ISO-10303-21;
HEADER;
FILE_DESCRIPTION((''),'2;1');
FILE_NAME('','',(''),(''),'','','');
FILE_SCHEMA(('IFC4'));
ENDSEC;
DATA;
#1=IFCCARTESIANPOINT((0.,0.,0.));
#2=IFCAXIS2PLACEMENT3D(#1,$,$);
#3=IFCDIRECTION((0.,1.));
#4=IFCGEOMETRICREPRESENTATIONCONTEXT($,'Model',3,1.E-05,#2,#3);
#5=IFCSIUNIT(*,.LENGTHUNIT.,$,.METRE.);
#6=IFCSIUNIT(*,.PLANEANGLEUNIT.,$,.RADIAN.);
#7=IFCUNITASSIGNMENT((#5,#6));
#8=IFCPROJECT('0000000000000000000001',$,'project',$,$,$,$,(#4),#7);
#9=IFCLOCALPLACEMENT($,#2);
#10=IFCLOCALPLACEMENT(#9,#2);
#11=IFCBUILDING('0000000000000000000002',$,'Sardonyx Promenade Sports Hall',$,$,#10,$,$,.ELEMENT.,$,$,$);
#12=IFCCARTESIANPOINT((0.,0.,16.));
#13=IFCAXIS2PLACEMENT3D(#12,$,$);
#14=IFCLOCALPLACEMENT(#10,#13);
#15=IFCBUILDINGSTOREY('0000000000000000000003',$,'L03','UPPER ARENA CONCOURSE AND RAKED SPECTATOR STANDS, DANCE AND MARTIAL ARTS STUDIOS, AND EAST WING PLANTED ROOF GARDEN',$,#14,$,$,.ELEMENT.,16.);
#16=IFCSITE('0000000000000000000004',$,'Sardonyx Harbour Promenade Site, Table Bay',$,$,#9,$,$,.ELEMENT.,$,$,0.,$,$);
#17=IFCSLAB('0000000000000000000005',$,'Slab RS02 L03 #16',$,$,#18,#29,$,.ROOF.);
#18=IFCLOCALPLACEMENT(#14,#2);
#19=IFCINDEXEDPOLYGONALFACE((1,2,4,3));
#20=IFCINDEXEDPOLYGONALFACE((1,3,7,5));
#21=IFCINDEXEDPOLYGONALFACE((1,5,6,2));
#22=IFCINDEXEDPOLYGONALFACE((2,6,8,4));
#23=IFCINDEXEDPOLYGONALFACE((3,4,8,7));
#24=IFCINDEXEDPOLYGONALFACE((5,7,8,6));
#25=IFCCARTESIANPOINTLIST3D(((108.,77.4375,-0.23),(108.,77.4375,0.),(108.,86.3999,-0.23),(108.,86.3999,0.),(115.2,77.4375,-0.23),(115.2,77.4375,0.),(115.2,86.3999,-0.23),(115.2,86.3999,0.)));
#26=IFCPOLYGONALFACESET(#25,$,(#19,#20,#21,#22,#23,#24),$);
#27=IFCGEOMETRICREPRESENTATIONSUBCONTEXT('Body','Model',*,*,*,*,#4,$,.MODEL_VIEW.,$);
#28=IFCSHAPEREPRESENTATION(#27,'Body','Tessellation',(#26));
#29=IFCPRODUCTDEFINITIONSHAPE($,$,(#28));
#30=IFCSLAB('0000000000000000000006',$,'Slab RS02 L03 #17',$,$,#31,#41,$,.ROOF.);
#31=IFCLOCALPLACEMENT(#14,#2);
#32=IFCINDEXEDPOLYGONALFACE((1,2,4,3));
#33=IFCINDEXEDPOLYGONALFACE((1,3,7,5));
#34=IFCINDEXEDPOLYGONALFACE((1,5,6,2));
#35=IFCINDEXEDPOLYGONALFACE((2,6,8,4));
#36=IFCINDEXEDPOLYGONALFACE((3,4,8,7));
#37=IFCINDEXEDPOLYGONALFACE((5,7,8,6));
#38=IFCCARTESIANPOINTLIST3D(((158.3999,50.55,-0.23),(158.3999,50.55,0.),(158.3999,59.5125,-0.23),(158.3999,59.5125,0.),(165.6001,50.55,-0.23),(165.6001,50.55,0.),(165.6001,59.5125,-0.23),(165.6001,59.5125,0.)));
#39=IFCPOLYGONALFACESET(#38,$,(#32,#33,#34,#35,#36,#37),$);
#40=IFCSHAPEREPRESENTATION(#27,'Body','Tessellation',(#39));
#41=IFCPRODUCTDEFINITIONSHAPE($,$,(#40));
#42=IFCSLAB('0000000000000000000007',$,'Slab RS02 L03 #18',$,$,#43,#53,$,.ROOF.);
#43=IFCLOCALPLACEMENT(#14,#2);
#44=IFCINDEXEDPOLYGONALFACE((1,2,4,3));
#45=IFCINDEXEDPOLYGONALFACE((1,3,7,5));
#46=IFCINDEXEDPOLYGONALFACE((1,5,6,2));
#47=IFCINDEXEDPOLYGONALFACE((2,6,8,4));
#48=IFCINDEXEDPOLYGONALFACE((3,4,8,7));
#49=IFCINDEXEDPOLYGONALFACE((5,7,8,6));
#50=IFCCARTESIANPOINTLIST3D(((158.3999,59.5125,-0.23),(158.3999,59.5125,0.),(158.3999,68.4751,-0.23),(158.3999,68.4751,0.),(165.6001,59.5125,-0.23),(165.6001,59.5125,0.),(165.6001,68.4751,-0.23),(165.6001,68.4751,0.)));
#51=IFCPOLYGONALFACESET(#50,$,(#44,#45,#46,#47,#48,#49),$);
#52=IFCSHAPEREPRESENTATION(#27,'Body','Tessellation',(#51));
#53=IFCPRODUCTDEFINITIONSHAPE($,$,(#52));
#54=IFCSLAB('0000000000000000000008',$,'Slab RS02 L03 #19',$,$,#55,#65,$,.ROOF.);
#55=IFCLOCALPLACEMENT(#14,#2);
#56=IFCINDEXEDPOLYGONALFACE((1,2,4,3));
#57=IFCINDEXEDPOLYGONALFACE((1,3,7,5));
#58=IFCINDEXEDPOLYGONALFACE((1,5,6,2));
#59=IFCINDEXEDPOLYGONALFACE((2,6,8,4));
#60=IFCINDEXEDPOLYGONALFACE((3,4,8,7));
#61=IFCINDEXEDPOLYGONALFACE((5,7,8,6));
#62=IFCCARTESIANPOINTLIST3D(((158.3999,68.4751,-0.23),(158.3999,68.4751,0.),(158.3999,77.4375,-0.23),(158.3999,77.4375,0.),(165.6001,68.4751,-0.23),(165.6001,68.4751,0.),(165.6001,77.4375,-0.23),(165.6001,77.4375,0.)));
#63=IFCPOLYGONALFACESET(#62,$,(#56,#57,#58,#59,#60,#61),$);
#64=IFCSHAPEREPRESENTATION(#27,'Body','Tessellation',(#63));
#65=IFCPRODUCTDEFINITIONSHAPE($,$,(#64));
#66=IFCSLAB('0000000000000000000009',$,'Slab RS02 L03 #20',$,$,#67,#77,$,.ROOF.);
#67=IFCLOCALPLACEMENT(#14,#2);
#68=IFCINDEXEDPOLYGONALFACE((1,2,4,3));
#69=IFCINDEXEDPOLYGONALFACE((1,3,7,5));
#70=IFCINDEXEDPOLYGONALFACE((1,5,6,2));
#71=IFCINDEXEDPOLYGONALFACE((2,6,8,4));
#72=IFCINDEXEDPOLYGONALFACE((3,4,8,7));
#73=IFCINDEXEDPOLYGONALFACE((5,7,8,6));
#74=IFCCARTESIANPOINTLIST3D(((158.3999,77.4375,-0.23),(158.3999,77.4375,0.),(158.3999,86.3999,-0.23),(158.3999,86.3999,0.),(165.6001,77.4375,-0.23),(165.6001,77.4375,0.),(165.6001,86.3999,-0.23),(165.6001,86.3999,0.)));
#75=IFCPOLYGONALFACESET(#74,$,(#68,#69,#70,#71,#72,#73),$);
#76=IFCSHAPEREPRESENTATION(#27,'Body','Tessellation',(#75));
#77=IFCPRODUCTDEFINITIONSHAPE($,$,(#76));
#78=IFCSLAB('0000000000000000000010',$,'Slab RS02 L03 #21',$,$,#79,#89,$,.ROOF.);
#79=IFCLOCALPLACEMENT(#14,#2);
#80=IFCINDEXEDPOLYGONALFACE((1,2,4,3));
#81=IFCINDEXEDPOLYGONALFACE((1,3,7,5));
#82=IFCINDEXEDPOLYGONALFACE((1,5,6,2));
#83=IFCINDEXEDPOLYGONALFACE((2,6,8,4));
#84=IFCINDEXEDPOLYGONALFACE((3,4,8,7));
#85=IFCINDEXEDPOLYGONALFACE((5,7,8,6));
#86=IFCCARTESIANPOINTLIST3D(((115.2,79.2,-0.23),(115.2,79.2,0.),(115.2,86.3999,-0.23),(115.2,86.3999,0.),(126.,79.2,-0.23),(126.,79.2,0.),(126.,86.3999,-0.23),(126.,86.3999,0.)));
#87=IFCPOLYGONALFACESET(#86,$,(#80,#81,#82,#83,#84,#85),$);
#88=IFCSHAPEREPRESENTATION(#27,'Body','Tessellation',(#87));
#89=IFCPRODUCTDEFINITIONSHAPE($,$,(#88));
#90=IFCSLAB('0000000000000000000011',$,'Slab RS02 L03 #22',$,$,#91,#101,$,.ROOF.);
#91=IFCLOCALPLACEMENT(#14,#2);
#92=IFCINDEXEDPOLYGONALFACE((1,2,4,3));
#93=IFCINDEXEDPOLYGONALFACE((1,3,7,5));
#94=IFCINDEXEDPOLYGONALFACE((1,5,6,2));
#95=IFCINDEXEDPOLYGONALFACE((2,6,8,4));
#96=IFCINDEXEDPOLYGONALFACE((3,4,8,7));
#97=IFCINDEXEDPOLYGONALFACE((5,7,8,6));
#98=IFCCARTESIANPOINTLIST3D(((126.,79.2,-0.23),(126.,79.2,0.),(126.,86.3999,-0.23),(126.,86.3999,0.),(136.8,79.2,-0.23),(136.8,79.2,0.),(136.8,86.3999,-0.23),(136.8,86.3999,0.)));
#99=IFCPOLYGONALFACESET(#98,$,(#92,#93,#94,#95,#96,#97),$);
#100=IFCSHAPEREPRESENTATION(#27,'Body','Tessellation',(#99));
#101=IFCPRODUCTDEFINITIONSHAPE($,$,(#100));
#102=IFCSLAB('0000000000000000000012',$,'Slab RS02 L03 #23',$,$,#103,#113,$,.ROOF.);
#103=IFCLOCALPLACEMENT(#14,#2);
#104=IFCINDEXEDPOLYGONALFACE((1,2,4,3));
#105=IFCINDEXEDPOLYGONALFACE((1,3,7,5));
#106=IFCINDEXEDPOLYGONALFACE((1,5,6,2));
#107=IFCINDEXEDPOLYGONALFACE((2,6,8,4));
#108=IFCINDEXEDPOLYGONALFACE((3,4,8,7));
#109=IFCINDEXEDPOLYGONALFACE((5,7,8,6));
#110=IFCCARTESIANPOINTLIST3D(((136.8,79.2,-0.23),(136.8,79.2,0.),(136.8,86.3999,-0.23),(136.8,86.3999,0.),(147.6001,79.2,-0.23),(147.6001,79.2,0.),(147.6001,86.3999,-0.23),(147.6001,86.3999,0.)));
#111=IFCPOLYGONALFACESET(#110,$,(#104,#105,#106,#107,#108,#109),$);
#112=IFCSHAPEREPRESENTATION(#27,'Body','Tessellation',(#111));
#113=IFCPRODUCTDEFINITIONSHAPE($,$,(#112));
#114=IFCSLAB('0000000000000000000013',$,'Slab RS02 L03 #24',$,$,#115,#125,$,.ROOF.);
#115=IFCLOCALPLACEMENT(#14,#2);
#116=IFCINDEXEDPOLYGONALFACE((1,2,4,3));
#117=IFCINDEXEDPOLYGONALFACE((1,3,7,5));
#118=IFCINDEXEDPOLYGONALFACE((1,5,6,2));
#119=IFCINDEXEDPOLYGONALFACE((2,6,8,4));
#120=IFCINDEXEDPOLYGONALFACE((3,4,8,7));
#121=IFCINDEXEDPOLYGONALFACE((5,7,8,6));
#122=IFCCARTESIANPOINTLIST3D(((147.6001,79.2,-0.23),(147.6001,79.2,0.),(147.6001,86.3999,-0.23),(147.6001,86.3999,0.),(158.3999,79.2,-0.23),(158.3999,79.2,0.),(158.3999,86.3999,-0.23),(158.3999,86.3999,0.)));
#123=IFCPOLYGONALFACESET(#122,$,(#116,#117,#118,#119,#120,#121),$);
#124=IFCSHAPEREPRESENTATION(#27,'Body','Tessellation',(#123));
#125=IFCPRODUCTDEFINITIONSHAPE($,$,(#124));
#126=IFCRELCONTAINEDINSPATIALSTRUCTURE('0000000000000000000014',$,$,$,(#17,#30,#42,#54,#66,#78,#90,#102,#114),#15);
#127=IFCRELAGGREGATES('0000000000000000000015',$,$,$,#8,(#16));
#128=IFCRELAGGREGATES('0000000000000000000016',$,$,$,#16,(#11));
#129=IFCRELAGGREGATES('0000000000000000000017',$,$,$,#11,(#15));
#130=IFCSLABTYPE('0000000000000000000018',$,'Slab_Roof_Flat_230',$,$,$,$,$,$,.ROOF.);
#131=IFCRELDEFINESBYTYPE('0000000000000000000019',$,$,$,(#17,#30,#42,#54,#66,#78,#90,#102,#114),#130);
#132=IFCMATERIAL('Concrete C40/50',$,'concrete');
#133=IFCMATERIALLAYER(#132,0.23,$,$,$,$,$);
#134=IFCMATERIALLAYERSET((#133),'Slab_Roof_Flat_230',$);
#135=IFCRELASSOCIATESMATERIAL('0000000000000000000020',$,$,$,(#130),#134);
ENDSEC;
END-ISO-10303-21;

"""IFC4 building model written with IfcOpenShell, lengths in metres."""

from ifc_helpers import new_model, si_unit, direction, frame, origin, place, context, subcontext, project, spatial, polyline, outline, extrude, material, layer, layer_set, type_object, element, save


model = new_model("IFC4")

# Units and contexts
model_context = context("Model", 3, precision=1e-05, world=origin(), true_north=direction((0.0, 1.0)))
body_context = subcontext(model_context, "Body", "Model", "MODEL_VIEW")
ifc_project = project(units=[si_unit("LENGTHUNIT", "METRE"), si_unit("PLANEANGLEUNIT", "RADIAN")], contexts=[model_context])

# Site, building, storey
site_placement = place(None, origin())
site = spatial("IfcSite", under=ifc_project, at=site_placement, Name="Sardonyx Harbour Promenade Site, Table Bay", CompositionType="ELEMENT", RefElevation=0.0)
building_placement = place(site_placement, origin())
building = spatial("IfcBuilding", under=site, at=building_placement, Name="Sardonyx Promenade Sports Hall", CompositionType="ELEMENT")
storey_placement = place(building_placement, frame((0.0, 0.0, 16.0)))
storey = spatial("IfcBuildingStorey", under=building, at=storey_placement, Name="L03", Description="UPPER ARENA CONCOURSE AND RAKED SPECTATOR STANDS, DANCE AND MARTIAL ARTS STUDIOS, AND EAST WING PLANTED ROOF GARDEN", CompositionType="ELEMENT", Elevation=16.0)

# Slabs
ifc_material_1 = material(Name="Concrete C40/50", Category="concrete")
ifc_layer_1 = layer(ifc_material_1, 0.23)
ifc_layer_set_1 = layer_set([ifc_layer_1], Name="Slab_Roof_Flat_230")
slab_type_1 = type_object("IfcSlabType", Name="Slab_Roof_Flat_230", PredefinedType="ROOF", material=ifc_layer_set_1)
slab_1_placement = place(storey_placement, frame((0.0, 0.0, -0.23)))
element("IfcSlab", 1, at=slab_1_placement, inside=storey, type_object=slab_type_1, Name="Slab RS02 L03 #16", PredefinedType="ROOF", context=body_context, shape_type="SweptSolid", body=[
    extrude(outline(polyline([(108.0, 77.4375), (115.2, 77.4375), (115.2, 86.3999), (108.0, 86.3999), (108.0, 77.4375)])), origin(), (0.0, 0.0, 1.0), 0.23),
])
slab_2_placement = place(storey_placement, frame((0.0, 0.0, -0.23)))
element("IfcSlab", 2, at=slab_2_placement, inside=storey, type_object=slab_type_1, Name="Slab RS02 L03 #17", PredefinedType="ROOF", context=body_context, shape_type="SweptSolid", body=[
    extrude(outline(polyline([(158.3999, 50.55), (165.6001, 50.55), (165.6001, 59.5125), (158.3999, 59.5125), (158.3999, 50.55)])), origin(), (0.0, 0.0, 1.0), 0.23),
])
slab_3_placement = place(storey_placement, frame((0.0, 0.0, -0.23)))
element("IfcSlab", 3, at=slab_3_placement, inside=storey, type_object=slab_type_1, Name="Slab RS02 L03 #18", PredefinedType="ROOF", context=body_context, shape_type="SweptSolid", body=[
    extrude(outline(polyline([(158.3999, 59.5125), (165.6001, 59.5125), (165.6001, 68.4751), (158.3999, 68.4751), (158.3999, 59.5125)])), origin(), (0.0, 0.0, 1.0), 0.23),
])
slab_4_placement = place(storey_placement, frame((0.0, 0.0, -0.23)))
element("IfcSlab", 4, at=slab_4_placement, inside=storey, type_object=slab_type_1, Name="Slab RS02 L03 #19", PredefinedType="ROOF", context=body_context, shape_type="SweptSolid", body=[
    extrude(outline(polyline([(158.3999, 68.4751), (165.6001, 68.4751), (165.6001, 77.4375), (158.3999, 77.4375), (158.3999, 68.4751)])), origin(), (0.0, 0.0, 1.0), 0.23),
])
slab_5_placement = place(storey_placement, frame((0.0, 0.0, -0.23)))
element("IfcSlab", 5, at=slab_5_placement, inside=storey, type_object=slab_type_1, Name="Slab RS02 L03 #20", PredefinedType="ROOF", context=body_context, shape_type="SweptSolid", body=[
    extrude(outline(polyline([(158.3999, 77.4375), (165.6001, 77.4375), (165.6001, 86.3999), (158.3999, 86.3999), (158.3999, 77.4375)])), origin(), (0.0, 0.0, 1.0), 0.23),
])
slab_6_placement = place(storey_placement, frame((0.0, 0.0, -0.23)))
element("IfcSlab", 6, at=slab_6_placement, inside=storey, type_object=slab_type_1, Name="Slab RS02 L03 #21", PredefinedType="ROOF", context=body_context, shape_type="SweptSolid", body=[
    extrude(outline(polyline([(115.2, 79.2), (126.0, 79.2), (126.0, 86.3999), (115.2, 86.3999), (115.2, 79.2)])), origin(), (0.0, 0.0, 1.0), 0.23),
])
slab_7_placement = place(storey_placement, frame((0.0, 0.0, -0.23)))
element("IfcSlab", 7, at=slab_7_placement, inside=storey, type_object=slab_type_1, Name="Slab RS02 L03 #22", PredefinedType="ROOF", context=body_context, shape_type="SweptSolid", body=[
    extrude(outline(polyline([(126.0, 79.2), (136.8, 79.2), (136.8, 86.3999), (126.0, 86.3999), (126.0, 79.2)])), origin(), (0.0, 0.0, 1.0), 0.23),
])
slab_8_placement = place(storey_placement, frame((0.0, 0.0, -0.23)))
element("IfcSlab", 8, at=slab_8_placement, inside=storey, type_object=slab_type_1, Name="Slab RS02 L03 #23", PredefinedType="ROOF", context=body_context, shape_type="SweptSolid", body=[
    extrude(outline(polyline([(136.8, 79.2), (147.6001, 79.2), (147.6001, 86.3999), (136.8, 86.3999), (136.8, 79.2)])), origin(), (0.0, 0.0, 1.0), 0.23),
])
slab_9_placement = place(storey_placement, frame((0.0, 0.0, -0.23)))
element("IfcSlab", 9, at=slab_9_placement, inside=storey, type_object=slab_type_1, Name="Slab RS02 L03 #24", PredefinedType="ROOF", context=body_context, shape_type="SweptSolid", body=[
    extrude(outline(polyline([(147.6001, 79.2), (158.3999, 79.2), (158.3999, 86.3999), (147.6001, 86.3999), (147.6001, 79.2)])), origin(), (0.0, 0.0, 1.0), 0.23),
])

save(model, "model.ifc")
